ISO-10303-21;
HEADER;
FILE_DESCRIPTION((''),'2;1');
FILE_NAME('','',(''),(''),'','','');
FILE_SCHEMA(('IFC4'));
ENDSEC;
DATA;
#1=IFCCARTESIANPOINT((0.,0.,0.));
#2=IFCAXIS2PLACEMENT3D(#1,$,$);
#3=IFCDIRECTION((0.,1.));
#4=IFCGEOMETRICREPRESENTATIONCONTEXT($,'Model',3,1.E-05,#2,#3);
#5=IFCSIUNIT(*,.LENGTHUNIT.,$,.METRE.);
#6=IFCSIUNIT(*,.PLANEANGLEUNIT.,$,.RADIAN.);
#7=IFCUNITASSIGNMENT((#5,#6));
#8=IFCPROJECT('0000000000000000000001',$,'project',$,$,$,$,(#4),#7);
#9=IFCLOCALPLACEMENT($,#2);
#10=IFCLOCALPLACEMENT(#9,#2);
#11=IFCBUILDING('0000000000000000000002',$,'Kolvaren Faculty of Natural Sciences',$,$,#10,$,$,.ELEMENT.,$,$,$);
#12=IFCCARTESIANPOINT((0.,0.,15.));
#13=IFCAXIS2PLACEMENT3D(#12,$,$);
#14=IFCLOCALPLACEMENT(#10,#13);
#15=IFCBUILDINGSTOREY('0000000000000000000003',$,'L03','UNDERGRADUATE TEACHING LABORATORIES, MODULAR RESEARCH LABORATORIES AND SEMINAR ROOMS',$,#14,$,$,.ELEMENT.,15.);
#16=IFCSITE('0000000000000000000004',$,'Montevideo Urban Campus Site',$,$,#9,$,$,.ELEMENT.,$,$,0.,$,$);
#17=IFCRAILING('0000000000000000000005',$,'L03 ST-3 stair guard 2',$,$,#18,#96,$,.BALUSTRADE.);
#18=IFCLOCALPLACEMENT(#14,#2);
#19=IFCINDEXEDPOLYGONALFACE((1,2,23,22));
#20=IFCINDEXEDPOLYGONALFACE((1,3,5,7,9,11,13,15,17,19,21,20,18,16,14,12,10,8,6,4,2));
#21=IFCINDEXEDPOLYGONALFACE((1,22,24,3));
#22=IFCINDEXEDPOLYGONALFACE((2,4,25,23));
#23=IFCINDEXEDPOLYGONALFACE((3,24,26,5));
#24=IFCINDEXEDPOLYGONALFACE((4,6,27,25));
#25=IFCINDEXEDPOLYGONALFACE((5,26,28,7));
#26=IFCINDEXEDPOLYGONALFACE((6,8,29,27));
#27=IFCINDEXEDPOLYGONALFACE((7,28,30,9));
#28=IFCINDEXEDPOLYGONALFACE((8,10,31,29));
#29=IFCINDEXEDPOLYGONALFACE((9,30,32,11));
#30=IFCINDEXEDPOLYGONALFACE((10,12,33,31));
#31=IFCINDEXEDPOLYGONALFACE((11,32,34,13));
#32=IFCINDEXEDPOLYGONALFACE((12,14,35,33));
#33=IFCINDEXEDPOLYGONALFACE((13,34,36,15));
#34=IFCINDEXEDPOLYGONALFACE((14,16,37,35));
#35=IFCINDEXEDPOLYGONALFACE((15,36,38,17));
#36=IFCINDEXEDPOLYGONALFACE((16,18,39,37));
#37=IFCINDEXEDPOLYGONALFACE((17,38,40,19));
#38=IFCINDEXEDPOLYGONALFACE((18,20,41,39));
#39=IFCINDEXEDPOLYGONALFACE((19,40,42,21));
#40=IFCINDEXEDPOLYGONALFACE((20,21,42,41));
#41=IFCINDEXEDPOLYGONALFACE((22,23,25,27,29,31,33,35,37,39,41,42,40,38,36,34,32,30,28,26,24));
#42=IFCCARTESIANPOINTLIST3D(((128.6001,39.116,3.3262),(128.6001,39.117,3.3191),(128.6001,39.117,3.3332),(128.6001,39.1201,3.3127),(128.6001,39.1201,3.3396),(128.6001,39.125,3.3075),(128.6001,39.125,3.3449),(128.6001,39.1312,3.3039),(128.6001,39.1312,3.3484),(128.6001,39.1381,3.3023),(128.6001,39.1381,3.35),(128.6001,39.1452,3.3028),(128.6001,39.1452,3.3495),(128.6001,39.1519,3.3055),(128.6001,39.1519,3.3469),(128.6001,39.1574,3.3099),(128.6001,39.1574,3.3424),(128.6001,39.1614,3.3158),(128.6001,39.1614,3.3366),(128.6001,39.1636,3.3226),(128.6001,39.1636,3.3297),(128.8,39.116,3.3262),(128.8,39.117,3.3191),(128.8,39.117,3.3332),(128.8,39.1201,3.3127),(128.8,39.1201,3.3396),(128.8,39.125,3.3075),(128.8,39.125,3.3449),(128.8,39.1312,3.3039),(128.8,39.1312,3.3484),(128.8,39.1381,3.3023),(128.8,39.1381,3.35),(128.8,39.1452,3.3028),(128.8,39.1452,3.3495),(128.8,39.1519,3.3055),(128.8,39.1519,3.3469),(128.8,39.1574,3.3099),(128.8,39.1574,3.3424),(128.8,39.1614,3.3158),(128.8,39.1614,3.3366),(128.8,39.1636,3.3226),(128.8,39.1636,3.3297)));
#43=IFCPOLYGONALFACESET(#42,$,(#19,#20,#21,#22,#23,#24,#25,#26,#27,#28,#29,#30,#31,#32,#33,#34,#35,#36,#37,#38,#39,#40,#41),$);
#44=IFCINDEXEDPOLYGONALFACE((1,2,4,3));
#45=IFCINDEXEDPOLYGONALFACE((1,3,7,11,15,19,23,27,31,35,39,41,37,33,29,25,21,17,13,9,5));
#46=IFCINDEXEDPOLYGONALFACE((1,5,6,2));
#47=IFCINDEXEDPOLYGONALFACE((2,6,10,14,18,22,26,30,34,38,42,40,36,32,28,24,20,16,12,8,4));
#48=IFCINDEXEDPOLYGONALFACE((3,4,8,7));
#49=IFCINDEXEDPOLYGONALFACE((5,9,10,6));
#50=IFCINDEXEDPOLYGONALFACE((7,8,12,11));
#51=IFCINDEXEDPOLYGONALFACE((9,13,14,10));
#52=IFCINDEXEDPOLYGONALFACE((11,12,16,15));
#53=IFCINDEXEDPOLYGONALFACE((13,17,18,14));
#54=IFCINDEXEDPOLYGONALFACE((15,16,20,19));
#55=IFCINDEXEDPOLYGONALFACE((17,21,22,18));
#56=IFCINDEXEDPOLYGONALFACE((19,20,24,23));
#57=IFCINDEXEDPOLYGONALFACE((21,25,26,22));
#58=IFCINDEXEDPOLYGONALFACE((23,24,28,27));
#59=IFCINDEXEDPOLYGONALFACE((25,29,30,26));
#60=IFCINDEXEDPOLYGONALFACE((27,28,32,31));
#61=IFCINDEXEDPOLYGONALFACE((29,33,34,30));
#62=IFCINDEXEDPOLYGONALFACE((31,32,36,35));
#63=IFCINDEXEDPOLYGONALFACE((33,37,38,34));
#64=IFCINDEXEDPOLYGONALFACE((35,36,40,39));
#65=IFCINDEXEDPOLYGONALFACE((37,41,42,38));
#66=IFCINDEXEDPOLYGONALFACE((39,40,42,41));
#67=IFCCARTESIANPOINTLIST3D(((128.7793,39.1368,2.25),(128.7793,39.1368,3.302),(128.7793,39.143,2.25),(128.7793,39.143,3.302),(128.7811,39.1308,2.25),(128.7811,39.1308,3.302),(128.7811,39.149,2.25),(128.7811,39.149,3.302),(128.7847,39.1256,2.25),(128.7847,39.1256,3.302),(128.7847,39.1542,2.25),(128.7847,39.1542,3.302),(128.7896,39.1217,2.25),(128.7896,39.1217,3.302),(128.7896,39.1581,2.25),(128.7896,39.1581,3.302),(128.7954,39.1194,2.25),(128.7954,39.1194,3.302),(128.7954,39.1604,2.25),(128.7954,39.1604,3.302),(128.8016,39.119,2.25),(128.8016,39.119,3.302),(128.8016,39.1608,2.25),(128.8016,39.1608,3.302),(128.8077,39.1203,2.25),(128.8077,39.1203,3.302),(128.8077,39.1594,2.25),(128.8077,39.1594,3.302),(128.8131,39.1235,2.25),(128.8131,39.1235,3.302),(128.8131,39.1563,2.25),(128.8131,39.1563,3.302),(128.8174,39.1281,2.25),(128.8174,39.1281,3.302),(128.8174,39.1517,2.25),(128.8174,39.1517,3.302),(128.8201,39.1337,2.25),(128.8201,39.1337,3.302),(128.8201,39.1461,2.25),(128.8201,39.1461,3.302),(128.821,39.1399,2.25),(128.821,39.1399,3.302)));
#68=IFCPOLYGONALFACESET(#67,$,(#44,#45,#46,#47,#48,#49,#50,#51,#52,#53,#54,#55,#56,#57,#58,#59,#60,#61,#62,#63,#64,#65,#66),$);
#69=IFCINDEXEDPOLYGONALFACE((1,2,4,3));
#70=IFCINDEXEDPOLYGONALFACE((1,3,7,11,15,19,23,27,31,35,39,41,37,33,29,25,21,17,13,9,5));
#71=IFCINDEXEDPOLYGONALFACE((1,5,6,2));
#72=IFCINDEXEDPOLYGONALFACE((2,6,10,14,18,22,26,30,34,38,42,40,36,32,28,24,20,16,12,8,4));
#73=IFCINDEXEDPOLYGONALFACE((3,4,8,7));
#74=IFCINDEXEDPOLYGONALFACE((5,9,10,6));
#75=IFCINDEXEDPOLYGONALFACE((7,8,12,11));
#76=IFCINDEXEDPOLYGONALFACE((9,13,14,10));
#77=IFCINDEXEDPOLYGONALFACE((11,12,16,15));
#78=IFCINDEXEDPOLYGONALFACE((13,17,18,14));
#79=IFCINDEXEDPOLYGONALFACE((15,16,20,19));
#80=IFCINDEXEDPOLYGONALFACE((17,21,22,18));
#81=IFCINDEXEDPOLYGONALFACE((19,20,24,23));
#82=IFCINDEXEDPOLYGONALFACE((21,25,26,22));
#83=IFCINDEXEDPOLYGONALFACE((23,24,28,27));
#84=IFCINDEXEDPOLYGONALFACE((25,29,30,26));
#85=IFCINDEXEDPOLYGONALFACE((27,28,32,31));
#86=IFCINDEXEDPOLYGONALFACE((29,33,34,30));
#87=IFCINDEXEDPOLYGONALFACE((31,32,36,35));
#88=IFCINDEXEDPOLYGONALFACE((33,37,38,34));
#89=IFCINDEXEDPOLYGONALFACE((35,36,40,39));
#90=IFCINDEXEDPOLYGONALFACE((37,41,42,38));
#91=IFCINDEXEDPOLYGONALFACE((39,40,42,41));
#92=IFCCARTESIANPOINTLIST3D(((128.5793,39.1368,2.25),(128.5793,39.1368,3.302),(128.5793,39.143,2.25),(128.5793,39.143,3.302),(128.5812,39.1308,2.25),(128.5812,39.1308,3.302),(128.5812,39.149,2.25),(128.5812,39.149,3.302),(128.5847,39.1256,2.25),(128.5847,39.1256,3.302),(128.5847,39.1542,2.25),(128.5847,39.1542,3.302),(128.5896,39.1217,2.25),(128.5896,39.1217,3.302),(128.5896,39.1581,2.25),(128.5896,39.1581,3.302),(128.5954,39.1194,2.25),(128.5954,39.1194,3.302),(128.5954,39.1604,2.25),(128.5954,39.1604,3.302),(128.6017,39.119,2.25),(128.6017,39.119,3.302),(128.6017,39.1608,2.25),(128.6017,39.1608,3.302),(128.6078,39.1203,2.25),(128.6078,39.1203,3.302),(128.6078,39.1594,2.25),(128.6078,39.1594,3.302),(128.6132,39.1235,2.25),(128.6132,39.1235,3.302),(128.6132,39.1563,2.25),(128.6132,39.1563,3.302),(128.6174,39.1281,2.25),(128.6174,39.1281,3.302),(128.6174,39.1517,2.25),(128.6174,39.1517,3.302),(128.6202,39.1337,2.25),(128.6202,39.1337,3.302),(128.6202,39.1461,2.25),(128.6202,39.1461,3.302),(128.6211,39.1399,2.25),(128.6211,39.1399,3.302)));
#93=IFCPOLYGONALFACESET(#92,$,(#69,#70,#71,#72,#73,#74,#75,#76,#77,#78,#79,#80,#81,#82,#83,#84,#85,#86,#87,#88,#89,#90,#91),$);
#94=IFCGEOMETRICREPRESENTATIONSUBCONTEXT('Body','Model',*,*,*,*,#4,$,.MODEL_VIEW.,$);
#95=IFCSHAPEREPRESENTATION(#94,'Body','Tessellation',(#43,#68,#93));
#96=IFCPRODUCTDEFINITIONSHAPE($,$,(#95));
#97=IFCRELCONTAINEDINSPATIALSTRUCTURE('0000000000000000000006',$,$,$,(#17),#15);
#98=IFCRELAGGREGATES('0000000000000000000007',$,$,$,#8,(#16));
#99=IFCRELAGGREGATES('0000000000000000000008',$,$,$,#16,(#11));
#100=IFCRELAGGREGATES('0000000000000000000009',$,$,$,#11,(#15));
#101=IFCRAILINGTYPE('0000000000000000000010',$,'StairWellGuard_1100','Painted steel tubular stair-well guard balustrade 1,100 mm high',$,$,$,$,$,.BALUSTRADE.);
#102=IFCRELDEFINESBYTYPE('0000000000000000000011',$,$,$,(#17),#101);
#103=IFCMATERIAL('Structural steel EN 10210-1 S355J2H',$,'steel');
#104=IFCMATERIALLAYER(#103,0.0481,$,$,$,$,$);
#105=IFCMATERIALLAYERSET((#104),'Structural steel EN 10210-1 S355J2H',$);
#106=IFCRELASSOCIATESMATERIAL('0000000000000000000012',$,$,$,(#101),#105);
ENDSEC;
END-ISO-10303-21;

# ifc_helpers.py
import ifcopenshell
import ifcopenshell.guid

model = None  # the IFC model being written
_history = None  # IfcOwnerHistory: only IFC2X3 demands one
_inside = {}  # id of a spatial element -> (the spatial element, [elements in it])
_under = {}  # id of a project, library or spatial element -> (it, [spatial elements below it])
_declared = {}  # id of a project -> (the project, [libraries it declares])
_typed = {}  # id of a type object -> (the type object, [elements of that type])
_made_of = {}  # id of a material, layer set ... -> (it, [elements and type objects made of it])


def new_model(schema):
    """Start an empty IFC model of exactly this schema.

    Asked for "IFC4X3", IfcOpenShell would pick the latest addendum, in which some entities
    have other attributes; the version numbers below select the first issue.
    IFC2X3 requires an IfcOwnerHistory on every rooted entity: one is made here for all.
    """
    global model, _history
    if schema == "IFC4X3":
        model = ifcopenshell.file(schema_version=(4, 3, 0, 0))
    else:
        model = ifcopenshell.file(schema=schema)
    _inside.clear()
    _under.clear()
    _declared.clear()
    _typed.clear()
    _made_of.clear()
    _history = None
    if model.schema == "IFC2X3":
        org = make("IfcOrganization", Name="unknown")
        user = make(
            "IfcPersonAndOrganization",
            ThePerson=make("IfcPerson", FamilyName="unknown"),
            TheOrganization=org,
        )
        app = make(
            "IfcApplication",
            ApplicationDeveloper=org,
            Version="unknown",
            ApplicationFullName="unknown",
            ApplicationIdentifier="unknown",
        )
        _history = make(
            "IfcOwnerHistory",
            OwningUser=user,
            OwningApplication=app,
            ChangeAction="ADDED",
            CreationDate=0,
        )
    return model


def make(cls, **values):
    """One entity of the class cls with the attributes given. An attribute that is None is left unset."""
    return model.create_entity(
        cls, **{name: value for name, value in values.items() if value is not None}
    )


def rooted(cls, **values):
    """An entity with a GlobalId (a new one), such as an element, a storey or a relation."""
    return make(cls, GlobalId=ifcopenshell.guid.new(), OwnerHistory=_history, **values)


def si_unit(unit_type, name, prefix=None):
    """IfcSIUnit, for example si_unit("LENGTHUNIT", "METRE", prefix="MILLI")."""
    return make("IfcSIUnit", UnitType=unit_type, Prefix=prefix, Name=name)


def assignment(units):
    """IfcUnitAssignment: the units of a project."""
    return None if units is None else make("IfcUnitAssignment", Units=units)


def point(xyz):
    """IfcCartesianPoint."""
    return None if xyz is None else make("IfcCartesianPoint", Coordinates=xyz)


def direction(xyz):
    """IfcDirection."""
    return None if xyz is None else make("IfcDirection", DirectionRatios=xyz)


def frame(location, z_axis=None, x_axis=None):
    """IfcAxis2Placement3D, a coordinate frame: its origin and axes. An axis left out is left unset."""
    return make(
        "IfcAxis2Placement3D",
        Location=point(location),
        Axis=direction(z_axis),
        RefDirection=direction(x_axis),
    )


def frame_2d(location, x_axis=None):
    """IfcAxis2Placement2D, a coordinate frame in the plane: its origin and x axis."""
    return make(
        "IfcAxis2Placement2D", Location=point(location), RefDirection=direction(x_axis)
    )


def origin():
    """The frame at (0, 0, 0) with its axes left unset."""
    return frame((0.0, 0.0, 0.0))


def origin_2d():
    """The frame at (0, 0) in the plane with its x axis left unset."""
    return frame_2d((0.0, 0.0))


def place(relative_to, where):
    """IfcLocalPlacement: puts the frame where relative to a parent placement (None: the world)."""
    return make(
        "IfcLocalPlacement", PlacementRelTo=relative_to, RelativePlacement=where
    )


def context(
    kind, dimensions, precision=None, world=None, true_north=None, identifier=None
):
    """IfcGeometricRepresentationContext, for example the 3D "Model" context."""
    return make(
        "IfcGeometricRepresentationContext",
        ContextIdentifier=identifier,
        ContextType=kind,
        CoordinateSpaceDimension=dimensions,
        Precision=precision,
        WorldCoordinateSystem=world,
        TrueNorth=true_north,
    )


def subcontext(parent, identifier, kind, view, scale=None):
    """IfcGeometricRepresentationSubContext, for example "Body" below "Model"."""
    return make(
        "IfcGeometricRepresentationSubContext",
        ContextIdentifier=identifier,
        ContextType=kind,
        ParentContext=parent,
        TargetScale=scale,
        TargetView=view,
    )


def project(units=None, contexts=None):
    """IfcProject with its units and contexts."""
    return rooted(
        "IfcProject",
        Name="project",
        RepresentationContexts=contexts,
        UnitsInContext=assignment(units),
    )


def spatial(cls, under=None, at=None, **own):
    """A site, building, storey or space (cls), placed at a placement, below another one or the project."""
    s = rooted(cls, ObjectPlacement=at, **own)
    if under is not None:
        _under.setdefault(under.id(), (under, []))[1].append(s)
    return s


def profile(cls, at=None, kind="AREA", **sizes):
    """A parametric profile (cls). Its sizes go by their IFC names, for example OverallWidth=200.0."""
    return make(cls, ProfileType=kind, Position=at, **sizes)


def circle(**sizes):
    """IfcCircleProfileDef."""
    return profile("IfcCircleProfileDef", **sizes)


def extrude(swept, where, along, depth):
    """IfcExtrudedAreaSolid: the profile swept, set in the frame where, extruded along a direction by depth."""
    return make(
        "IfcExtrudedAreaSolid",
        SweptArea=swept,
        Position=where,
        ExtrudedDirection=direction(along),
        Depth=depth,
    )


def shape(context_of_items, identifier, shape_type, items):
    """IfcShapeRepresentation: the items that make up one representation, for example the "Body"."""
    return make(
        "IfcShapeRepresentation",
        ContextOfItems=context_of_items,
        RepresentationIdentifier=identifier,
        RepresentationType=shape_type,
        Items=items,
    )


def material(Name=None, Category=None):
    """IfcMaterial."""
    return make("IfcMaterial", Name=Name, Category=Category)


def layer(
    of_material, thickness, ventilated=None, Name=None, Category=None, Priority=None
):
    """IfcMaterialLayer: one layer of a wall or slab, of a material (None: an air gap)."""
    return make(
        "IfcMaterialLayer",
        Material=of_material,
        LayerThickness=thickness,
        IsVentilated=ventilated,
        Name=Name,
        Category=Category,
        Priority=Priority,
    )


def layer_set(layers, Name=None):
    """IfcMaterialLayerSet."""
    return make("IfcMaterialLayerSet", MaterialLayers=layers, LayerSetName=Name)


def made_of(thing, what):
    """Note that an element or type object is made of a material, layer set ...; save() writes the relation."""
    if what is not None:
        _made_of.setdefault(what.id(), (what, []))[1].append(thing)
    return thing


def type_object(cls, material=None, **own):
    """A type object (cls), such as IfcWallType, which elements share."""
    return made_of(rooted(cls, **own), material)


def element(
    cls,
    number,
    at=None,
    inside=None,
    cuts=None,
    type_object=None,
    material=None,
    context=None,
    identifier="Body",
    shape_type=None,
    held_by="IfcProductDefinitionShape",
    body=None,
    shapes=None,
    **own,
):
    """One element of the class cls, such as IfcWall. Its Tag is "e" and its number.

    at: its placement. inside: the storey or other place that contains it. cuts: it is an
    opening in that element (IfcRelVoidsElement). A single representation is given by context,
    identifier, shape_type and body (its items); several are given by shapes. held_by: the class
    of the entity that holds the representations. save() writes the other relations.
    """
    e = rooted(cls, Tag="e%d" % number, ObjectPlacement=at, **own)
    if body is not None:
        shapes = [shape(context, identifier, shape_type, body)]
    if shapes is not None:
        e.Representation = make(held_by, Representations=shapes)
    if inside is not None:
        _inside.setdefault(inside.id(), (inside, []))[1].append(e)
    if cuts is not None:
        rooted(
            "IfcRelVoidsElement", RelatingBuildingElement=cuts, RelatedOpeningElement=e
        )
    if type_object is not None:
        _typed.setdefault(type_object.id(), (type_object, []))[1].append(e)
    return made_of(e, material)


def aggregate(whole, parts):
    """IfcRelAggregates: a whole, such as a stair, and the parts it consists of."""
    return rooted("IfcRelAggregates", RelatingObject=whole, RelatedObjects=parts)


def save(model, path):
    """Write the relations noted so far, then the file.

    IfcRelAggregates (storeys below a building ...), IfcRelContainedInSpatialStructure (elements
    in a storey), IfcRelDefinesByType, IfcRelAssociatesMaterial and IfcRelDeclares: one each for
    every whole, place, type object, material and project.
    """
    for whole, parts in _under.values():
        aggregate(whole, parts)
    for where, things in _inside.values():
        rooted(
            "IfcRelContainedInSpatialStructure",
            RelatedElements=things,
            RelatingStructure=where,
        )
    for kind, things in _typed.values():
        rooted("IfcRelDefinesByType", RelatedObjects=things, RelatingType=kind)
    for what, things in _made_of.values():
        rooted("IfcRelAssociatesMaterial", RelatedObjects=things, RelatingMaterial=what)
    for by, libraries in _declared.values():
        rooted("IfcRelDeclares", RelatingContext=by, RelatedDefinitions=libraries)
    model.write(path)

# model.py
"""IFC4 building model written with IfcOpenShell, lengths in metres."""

from ifc_helpers import new_model, si_unit, direction, frame, origin, origin_2d, place, context, subcontext, project, spatial, circle, extrude, material, layer, layer_set, type_object, element, save


model = new_model("IFC4")

# Units and contexts
model_context = context("Model", 3, precision=1e-05, world=origin(), true_north=direction((0.0, 1.0)))
body_context = subcontext(model_context, "Body", "Model", "MODEL_VIEW")
ifc_project = project(units=[si_unit("LENGTHUNIT", "METRE"), si_unit("PLANEANGLEUNIT", "RADIAN")], contexts=[model_context])

# Site, building, storey
site_placement = place(None, origin())
site = spatial("IfcSite", under=ifc_project, at=site_placement, Name="Montevideo Urban Campus Site", CompositionType="ELEMENT", RefElevation=0.0)
building_placement = place(site_placement, origin())
building = spatial("IfcBuilding", under=site, at=building_placement, Name="Kolvaren Faculty of Natural Sciences", CompositionType="ELEMENT")
storey_placement = place(building_placement, frame((0.0, 0.0, 15.0)))
storey = spatial("IfcBuildingStorey", under=building, at=storey_placement, Name="L03", Description="UNDERGRADUATE TEACHING LABORATORIES, MODULAR RESEARCH LABORATORIES AND SEMINAR ROOMS", CompositionType="ELEMENT", Elevation=15.0)

# Railing
ifc_material_1 = material(Name="Structural steel EN 10210-1 S355J2H", Category="steel")
ifc_layer_1 = layer(ifc_material_1, 0.0481)
ifc_layer_set_1 = layer_set([ifc_layer_1], Name="Structural steel EN 10210-1 S355J2H")
railing_type_1 = type_object("IfcRailingType", Name="StairWellGuard_1100", Description="Painted steel tubular stair-well guard balustrade 1,100 mm high", PredefinedType="BALUSTRADE", material=ifc_layer_set_1)
railing_1_placement = place(storey_placement, frame((128.8, 39.1399, 2.25)))
element("IfcRailing", 1, at=railing_1_placement, inside=storey, type_object=railing_type_1, Name="L03 ST-3 stair guard 2", PredefinedType="BALUSTRADE", context=body_context, shape_type="SweptSolid", body=[
    extrude(circle(Radius=0.0239, at=origin_2d()), frame((0.0, 0.0, 1.0762), z_axis=(-1.0, 0.0, 0.0), x_axis=(0.0, -1.0, 0.0)), (0.0, 0.0, 1.0), 0.2),
    extrude(circle(Radius=0.021, at=origin_2d()), origin(), (0.0, 0.0, 1.0), 1.052),
    extrude(circle(Radius=0.021, at=origin_2d()), frame((-0.2, 0.0, 0.0)), (0.0, 0.0, 1.0), 1.052),
])

save(model, "model.ifc")
